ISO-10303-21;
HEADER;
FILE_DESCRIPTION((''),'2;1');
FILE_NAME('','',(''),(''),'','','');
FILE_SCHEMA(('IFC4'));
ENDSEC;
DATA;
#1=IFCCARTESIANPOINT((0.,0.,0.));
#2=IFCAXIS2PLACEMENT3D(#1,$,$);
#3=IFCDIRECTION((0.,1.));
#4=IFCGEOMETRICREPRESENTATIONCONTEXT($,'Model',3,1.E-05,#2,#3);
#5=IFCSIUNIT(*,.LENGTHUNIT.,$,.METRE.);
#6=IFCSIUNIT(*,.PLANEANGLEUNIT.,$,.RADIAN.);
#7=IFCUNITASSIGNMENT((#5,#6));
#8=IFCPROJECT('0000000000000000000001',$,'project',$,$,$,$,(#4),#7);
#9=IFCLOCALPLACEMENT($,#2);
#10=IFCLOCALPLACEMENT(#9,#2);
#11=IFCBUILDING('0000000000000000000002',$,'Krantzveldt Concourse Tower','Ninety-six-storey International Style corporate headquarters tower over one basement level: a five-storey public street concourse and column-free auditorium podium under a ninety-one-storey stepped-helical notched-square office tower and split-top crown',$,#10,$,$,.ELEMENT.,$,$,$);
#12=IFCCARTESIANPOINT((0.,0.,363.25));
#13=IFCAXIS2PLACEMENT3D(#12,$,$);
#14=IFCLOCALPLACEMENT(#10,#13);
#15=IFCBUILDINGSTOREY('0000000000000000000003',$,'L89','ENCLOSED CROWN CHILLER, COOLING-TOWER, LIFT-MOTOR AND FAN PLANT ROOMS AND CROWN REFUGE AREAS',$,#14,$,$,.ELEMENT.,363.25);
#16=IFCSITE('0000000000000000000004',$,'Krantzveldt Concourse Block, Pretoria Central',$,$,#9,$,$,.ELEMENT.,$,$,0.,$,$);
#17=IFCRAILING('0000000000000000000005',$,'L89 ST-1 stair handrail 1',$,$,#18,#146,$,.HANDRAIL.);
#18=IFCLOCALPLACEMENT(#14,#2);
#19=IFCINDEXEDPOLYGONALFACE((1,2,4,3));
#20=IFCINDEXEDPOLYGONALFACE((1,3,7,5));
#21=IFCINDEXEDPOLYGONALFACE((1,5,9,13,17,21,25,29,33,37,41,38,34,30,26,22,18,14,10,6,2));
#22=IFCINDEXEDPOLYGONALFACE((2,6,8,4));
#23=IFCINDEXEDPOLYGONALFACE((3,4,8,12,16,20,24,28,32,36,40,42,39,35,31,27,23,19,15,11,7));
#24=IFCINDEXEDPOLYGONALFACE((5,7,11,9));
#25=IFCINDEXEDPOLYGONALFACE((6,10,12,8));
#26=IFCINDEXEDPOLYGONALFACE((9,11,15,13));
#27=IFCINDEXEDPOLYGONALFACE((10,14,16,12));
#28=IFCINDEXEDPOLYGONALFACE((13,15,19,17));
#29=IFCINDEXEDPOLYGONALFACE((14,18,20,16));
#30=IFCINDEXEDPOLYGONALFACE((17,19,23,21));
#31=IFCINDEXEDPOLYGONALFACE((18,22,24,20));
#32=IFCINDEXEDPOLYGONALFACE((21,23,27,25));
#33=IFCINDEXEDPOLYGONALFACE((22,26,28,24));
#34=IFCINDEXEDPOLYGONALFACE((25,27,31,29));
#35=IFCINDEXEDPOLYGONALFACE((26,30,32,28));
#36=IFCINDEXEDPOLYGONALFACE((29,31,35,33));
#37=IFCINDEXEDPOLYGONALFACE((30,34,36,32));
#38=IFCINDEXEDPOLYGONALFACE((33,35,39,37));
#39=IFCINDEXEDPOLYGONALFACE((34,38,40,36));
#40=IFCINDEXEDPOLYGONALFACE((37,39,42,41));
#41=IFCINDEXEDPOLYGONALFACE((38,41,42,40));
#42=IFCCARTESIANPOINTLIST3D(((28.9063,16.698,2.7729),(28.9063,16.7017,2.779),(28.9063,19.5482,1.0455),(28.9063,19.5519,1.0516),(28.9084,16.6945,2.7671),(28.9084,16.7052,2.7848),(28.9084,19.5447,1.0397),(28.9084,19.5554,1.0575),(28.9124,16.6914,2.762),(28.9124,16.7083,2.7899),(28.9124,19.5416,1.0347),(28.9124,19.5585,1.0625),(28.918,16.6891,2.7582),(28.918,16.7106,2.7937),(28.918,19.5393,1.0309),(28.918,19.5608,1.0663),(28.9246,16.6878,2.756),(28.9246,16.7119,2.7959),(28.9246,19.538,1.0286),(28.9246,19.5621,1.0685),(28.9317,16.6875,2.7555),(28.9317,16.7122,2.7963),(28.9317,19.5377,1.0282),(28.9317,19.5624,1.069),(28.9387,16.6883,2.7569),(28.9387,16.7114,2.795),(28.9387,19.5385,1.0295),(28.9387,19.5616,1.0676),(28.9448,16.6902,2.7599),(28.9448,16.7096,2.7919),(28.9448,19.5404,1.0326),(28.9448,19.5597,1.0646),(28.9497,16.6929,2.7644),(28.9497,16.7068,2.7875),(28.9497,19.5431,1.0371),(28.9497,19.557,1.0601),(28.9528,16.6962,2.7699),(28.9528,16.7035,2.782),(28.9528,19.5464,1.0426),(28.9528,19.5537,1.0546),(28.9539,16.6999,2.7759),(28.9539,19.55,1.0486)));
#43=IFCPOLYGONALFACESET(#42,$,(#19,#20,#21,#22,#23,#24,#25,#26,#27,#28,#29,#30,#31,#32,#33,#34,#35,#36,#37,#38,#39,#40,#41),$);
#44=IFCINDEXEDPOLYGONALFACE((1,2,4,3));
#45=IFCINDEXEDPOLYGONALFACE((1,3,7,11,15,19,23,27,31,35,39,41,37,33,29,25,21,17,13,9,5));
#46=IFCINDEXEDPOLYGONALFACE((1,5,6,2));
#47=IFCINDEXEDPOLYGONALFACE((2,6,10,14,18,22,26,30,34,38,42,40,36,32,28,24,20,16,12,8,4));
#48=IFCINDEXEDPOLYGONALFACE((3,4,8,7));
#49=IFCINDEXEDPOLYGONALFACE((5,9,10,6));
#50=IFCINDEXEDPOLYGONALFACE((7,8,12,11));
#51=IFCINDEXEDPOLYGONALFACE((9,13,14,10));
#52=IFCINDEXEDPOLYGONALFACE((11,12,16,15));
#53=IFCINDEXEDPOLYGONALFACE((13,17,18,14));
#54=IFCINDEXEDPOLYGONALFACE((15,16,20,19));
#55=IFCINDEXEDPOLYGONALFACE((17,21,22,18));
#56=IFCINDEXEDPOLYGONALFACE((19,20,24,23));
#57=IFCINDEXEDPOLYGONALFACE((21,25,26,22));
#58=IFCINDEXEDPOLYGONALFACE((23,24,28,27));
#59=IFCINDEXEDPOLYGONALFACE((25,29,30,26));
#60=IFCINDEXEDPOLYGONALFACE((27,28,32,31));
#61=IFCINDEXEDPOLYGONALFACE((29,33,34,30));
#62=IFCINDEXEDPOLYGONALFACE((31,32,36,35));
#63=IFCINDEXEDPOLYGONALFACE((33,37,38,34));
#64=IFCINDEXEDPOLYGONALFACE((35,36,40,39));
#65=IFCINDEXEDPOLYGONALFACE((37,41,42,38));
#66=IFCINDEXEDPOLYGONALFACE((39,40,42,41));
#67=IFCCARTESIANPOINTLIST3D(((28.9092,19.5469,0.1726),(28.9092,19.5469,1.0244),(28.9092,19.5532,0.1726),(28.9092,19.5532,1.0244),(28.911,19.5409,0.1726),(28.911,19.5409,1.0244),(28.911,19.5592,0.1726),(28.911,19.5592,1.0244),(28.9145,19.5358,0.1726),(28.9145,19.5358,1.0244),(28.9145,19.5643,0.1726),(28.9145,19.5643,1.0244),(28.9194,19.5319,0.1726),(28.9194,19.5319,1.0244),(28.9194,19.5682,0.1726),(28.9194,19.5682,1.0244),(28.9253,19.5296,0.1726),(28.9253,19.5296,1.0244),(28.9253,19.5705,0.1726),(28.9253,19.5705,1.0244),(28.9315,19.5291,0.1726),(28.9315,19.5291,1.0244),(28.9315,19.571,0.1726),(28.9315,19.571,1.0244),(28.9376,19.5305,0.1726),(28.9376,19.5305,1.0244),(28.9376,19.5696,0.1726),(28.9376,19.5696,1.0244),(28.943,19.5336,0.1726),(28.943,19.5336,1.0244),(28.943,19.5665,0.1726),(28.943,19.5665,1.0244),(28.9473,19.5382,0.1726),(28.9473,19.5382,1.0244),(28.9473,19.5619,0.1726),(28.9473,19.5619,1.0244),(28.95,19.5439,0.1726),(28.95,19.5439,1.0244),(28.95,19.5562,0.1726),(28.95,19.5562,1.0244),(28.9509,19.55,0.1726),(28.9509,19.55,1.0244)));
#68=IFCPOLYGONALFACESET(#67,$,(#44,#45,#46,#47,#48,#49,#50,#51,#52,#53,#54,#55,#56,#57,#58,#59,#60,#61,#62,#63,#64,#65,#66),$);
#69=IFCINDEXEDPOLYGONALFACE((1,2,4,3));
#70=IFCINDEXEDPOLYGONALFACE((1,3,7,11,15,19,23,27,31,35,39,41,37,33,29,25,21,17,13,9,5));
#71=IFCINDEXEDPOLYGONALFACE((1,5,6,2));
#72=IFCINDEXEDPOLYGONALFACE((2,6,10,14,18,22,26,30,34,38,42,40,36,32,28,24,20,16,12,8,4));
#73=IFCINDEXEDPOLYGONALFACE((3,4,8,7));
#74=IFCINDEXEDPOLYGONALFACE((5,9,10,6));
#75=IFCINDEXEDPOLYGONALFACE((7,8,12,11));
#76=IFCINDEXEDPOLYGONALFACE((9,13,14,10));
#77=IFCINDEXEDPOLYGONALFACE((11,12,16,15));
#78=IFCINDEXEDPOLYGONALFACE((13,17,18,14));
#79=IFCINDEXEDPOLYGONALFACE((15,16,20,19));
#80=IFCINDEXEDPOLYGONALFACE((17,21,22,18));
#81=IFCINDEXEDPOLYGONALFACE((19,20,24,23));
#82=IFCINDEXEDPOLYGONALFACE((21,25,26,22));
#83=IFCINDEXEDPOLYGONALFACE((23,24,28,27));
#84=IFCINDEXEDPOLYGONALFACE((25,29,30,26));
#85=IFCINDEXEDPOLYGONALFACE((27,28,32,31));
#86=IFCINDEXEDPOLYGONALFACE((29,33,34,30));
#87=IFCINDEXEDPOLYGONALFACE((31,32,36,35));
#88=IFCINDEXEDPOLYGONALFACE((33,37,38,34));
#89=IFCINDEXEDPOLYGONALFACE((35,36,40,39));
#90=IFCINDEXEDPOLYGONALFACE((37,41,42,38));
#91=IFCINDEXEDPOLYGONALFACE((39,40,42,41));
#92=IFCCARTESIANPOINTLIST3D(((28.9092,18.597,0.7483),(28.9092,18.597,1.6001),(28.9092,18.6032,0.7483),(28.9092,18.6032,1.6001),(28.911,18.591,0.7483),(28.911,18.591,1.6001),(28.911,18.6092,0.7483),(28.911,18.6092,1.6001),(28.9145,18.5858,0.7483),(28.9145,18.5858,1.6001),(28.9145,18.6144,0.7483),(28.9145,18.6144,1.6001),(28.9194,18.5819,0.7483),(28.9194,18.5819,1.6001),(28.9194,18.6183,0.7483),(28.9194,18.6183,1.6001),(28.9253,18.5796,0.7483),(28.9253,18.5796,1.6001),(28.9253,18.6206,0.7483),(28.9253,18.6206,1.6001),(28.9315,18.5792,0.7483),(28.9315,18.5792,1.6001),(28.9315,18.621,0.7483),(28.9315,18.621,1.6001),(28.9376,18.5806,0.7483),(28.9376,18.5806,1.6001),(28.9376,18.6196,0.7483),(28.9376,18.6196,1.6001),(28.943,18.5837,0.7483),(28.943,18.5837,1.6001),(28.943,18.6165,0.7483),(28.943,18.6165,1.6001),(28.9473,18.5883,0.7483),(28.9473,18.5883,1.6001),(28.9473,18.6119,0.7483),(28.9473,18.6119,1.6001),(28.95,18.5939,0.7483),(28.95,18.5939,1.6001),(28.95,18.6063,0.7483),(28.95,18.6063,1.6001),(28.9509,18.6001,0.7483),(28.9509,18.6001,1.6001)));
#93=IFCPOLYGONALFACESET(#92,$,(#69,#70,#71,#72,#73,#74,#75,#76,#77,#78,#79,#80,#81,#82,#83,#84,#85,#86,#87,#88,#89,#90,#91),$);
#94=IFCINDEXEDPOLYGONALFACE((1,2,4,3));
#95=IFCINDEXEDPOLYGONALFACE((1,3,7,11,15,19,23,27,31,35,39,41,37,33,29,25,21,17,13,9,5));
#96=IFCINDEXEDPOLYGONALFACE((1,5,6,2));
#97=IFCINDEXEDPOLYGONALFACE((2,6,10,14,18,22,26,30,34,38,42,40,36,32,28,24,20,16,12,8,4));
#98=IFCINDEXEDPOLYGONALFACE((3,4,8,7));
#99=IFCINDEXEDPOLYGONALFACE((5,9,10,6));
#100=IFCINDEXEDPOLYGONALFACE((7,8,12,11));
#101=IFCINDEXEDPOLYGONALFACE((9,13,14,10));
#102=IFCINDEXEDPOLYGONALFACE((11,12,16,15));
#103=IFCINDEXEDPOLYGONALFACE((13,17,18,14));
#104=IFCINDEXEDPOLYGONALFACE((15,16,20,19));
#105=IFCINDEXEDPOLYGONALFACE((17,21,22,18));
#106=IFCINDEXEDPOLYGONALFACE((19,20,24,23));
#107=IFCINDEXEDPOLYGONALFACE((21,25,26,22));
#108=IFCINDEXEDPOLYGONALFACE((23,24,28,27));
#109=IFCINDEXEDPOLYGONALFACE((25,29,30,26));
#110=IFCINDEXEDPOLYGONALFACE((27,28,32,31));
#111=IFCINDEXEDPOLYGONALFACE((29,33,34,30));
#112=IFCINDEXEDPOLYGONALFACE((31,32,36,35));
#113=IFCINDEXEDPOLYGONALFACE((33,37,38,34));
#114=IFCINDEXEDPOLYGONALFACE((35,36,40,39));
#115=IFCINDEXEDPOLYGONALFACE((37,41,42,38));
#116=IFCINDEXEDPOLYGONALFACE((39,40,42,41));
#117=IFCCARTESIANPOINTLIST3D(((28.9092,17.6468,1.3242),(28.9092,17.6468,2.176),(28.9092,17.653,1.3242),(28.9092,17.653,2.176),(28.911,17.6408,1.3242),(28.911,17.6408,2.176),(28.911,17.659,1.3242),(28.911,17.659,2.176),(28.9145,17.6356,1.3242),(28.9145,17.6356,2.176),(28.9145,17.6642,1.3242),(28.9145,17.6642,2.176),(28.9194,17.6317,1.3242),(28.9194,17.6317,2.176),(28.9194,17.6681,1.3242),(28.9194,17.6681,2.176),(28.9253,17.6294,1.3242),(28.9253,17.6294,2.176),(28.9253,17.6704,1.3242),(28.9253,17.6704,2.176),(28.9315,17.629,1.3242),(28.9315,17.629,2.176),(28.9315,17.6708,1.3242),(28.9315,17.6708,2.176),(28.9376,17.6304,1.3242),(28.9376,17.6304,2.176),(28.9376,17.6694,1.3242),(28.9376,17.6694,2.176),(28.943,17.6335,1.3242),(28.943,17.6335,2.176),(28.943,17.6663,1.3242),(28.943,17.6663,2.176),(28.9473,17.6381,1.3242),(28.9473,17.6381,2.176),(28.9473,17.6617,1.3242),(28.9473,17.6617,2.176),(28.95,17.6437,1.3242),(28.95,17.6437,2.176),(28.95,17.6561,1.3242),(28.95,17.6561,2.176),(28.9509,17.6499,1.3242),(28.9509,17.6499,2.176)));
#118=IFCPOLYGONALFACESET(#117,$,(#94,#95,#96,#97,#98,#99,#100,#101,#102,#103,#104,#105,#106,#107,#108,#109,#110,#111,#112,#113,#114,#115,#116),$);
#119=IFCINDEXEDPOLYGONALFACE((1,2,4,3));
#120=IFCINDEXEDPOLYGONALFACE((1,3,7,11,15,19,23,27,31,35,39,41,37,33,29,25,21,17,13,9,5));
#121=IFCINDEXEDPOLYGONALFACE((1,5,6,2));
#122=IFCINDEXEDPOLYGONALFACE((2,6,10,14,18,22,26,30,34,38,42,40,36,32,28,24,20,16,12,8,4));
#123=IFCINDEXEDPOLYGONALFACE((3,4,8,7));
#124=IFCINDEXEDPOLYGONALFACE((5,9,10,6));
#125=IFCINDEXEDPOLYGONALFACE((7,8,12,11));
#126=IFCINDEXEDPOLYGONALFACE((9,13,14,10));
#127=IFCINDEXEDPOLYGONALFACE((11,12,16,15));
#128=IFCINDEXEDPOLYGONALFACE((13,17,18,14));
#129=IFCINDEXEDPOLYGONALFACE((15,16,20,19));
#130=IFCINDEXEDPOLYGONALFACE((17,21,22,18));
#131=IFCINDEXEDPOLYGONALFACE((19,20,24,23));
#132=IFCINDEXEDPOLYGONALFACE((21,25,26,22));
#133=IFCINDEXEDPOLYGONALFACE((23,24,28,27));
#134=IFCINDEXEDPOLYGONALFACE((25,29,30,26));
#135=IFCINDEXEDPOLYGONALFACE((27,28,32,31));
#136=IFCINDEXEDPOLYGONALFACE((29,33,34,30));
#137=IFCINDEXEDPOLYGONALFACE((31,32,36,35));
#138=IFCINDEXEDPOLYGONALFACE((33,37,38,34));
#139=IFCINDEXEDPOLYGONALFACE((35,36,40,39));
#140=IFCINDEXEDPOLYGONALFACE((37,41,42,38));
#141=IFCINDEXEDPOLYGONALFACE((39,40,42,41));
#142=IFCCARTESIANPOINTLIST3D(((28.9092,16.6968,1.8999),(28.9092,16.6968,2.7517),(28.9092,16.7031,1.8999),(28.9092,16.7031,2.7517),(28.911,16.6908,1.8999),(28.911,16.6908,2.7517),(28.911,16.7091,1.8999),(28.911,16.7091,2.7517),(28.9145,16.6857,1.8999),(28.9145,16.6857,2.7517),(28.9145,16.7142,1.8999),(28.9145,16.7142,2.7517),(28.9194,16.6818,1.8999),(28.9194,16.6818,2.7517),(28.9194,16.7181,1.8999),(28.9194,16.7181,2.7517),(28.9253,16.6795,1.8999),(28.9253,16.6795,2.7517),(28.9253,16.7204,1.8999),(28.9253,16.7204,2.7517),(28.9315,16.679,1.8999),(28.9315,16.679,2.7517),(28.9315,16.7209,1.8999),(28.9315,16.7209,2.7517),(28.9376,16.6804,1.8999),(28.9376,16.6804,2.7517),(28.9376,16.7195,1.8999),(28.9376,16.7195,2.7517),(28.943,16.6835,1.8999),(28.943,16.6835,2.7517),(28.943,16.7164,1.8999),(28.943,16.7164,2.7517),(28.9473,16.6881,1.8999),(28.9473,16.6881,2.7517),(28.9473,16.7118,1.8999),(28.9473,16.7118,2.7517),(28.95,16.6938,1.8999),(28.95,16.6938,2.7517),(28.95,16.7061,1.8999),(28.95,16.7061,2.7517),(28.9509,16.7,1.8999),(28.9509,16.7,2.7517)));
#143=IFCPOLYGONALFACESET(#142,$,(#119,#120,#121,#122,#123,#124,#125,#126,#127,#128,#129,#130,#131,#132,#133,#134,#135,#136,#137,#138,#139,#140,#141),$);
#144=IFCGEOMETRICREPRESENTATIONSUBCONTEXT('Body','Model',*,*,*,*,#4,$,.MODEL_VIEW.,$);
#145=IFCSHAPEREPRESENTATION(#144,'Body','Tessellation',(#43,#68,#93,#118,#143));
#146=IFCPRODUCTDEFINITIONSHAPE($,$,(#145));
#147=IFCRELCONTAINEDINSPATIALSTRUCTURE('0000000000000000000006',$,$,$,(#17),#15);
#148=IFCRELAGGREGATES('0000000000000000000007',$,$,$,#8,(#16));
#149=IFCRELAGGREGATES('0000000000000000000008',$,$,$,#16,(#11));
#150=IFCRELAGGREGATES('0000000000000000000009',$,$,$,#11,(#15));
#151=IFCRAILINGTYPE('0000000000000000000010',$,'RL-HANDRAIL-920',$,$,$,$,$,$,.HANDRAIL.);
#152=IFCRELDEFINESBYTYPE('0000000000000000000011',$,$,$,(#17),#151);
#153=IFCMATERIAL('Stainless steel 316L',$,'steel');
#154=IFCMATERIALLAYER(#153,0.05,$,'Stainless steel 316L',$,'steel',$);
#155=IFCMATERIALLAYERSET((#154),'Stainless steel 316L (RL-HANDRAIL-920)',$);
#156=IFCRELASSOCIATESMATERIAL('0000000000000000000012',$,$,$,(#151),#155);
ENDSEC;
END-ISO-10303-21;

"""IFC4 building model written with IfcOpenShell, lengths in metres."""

from ifc_helpers import new_model, si_unit, direction, frame, origin, origin_2d, place, context, subcontext, project, spatial, circle, extrude, material, layer, layer_set, type_object, element, save


model = new_model("IFC4")

# Units and contexts
model_context = context("Model", 3, precision=1e-05, world=origin(), true_north=direction((0.0, 1.0)))
body_context = subcontext(model_context, "Body", "Model", "MODEL_VIEW")
ifc_project = project(units=[si_unit("LENGTHUNIT", "METRE"), si_unit("PLANEANGLEUNIT", "RADIAN")], contexts=[model_context])

# Site, building, storey
site_placement = place(None, origin())
site = spatial("IfcSite", under=ifc_project, at=site_placement, Name="Krantzveldt Concourse Block, Pretoria Central", CompositionType="ELEMENT", RefElevation=0.0)
building_placement = place(site_placement, origin())
building = spatial("IfcBuilding", under=site, at=building_placement, Name="Krantzveldt Concourse Tower", Description="Ninety-six-storey International Style corporate headquarters tower over one basement level: a five-storey public street concourse and column-free auditorium podium under a ninety-one-storey stepped-helical notched-square office tower and split-top crown", CompositionType="ELEMENT")
storey_placement = place(building_placement, frame((0.0, 0.0, 363.25)))
storey = spatial("IfcBuildingStorey", under=building, at=storey_placement, Name="L89", Description="ENCLOSED CROWN CHILLER, COOLING-TOWER, LIFT-MOTOR AND FAN PLANT ROOMS AND CROWN REFUGE AREAS", CompositionType="ELEMENT", Elevation=363.25)

# Shared definitions
ifc_material_1 = material(Name="Stainless steel 316L", Category="steel")

# Railing
ifc_layer_1 = layer(ifc_material_1, 0.05, Name="Stainless steel 316L", Category="steel")
ifc_layer_set_1 = layer_set([ifc_layer_1], Name="Stainless steel 316L (RL-HANDRAIL-920)")
railing_type_1 = type_object("IfcRailingType", Name="RL-HANDRAIL-920", PredefinedType="HANDRAIL", material=ifc_layer_set_1)
railing_1_placement = place(storey_placement, frame((28.9299, 19.55, 0.1726)))
element("IfcRailing", 1, at=railing_1_placement, inside=storey, type_object=railing_type_1, Name="L89 ST-1 stair handrail 1", PredefinedType="HANDRAIL", context=body_context, shape_type="SweptSolid", body=[
    extrude(circle(Radius=0.0239, at=origin_2d()), frame((0.0, 0.0, 0.876), z_axis=(0.0, -0.855203, 0.518294), x_axis=(1.0, 0.0, 0.0)), (0.0, 0.0, 1.0), 3.3328),
    extrude(circle(Radius=0.021, at=origin_2d()), origin(), (0.0, 0.0, 1.0), 0.8518),
    extrude(circle(Radius=0.021, at=origin_2d()), frame((0.0, -0.95, 0.5757)), (0.0, 0.0, 1.0), 0.8518),
    extrude(circle(Radius=0.021, at=origin_2d()), frame((0.0, -1.9001, 1.1516)), (0.0, 0.0, 1.0), 0.8518),
    extrude(circle(Radius=0.021, at=origin_2d()), frame((0.0, -2.8501, 1.7273)), (0.0, 0.0, 1.0), 0.8518),
])

save(model, "model.ifc")
